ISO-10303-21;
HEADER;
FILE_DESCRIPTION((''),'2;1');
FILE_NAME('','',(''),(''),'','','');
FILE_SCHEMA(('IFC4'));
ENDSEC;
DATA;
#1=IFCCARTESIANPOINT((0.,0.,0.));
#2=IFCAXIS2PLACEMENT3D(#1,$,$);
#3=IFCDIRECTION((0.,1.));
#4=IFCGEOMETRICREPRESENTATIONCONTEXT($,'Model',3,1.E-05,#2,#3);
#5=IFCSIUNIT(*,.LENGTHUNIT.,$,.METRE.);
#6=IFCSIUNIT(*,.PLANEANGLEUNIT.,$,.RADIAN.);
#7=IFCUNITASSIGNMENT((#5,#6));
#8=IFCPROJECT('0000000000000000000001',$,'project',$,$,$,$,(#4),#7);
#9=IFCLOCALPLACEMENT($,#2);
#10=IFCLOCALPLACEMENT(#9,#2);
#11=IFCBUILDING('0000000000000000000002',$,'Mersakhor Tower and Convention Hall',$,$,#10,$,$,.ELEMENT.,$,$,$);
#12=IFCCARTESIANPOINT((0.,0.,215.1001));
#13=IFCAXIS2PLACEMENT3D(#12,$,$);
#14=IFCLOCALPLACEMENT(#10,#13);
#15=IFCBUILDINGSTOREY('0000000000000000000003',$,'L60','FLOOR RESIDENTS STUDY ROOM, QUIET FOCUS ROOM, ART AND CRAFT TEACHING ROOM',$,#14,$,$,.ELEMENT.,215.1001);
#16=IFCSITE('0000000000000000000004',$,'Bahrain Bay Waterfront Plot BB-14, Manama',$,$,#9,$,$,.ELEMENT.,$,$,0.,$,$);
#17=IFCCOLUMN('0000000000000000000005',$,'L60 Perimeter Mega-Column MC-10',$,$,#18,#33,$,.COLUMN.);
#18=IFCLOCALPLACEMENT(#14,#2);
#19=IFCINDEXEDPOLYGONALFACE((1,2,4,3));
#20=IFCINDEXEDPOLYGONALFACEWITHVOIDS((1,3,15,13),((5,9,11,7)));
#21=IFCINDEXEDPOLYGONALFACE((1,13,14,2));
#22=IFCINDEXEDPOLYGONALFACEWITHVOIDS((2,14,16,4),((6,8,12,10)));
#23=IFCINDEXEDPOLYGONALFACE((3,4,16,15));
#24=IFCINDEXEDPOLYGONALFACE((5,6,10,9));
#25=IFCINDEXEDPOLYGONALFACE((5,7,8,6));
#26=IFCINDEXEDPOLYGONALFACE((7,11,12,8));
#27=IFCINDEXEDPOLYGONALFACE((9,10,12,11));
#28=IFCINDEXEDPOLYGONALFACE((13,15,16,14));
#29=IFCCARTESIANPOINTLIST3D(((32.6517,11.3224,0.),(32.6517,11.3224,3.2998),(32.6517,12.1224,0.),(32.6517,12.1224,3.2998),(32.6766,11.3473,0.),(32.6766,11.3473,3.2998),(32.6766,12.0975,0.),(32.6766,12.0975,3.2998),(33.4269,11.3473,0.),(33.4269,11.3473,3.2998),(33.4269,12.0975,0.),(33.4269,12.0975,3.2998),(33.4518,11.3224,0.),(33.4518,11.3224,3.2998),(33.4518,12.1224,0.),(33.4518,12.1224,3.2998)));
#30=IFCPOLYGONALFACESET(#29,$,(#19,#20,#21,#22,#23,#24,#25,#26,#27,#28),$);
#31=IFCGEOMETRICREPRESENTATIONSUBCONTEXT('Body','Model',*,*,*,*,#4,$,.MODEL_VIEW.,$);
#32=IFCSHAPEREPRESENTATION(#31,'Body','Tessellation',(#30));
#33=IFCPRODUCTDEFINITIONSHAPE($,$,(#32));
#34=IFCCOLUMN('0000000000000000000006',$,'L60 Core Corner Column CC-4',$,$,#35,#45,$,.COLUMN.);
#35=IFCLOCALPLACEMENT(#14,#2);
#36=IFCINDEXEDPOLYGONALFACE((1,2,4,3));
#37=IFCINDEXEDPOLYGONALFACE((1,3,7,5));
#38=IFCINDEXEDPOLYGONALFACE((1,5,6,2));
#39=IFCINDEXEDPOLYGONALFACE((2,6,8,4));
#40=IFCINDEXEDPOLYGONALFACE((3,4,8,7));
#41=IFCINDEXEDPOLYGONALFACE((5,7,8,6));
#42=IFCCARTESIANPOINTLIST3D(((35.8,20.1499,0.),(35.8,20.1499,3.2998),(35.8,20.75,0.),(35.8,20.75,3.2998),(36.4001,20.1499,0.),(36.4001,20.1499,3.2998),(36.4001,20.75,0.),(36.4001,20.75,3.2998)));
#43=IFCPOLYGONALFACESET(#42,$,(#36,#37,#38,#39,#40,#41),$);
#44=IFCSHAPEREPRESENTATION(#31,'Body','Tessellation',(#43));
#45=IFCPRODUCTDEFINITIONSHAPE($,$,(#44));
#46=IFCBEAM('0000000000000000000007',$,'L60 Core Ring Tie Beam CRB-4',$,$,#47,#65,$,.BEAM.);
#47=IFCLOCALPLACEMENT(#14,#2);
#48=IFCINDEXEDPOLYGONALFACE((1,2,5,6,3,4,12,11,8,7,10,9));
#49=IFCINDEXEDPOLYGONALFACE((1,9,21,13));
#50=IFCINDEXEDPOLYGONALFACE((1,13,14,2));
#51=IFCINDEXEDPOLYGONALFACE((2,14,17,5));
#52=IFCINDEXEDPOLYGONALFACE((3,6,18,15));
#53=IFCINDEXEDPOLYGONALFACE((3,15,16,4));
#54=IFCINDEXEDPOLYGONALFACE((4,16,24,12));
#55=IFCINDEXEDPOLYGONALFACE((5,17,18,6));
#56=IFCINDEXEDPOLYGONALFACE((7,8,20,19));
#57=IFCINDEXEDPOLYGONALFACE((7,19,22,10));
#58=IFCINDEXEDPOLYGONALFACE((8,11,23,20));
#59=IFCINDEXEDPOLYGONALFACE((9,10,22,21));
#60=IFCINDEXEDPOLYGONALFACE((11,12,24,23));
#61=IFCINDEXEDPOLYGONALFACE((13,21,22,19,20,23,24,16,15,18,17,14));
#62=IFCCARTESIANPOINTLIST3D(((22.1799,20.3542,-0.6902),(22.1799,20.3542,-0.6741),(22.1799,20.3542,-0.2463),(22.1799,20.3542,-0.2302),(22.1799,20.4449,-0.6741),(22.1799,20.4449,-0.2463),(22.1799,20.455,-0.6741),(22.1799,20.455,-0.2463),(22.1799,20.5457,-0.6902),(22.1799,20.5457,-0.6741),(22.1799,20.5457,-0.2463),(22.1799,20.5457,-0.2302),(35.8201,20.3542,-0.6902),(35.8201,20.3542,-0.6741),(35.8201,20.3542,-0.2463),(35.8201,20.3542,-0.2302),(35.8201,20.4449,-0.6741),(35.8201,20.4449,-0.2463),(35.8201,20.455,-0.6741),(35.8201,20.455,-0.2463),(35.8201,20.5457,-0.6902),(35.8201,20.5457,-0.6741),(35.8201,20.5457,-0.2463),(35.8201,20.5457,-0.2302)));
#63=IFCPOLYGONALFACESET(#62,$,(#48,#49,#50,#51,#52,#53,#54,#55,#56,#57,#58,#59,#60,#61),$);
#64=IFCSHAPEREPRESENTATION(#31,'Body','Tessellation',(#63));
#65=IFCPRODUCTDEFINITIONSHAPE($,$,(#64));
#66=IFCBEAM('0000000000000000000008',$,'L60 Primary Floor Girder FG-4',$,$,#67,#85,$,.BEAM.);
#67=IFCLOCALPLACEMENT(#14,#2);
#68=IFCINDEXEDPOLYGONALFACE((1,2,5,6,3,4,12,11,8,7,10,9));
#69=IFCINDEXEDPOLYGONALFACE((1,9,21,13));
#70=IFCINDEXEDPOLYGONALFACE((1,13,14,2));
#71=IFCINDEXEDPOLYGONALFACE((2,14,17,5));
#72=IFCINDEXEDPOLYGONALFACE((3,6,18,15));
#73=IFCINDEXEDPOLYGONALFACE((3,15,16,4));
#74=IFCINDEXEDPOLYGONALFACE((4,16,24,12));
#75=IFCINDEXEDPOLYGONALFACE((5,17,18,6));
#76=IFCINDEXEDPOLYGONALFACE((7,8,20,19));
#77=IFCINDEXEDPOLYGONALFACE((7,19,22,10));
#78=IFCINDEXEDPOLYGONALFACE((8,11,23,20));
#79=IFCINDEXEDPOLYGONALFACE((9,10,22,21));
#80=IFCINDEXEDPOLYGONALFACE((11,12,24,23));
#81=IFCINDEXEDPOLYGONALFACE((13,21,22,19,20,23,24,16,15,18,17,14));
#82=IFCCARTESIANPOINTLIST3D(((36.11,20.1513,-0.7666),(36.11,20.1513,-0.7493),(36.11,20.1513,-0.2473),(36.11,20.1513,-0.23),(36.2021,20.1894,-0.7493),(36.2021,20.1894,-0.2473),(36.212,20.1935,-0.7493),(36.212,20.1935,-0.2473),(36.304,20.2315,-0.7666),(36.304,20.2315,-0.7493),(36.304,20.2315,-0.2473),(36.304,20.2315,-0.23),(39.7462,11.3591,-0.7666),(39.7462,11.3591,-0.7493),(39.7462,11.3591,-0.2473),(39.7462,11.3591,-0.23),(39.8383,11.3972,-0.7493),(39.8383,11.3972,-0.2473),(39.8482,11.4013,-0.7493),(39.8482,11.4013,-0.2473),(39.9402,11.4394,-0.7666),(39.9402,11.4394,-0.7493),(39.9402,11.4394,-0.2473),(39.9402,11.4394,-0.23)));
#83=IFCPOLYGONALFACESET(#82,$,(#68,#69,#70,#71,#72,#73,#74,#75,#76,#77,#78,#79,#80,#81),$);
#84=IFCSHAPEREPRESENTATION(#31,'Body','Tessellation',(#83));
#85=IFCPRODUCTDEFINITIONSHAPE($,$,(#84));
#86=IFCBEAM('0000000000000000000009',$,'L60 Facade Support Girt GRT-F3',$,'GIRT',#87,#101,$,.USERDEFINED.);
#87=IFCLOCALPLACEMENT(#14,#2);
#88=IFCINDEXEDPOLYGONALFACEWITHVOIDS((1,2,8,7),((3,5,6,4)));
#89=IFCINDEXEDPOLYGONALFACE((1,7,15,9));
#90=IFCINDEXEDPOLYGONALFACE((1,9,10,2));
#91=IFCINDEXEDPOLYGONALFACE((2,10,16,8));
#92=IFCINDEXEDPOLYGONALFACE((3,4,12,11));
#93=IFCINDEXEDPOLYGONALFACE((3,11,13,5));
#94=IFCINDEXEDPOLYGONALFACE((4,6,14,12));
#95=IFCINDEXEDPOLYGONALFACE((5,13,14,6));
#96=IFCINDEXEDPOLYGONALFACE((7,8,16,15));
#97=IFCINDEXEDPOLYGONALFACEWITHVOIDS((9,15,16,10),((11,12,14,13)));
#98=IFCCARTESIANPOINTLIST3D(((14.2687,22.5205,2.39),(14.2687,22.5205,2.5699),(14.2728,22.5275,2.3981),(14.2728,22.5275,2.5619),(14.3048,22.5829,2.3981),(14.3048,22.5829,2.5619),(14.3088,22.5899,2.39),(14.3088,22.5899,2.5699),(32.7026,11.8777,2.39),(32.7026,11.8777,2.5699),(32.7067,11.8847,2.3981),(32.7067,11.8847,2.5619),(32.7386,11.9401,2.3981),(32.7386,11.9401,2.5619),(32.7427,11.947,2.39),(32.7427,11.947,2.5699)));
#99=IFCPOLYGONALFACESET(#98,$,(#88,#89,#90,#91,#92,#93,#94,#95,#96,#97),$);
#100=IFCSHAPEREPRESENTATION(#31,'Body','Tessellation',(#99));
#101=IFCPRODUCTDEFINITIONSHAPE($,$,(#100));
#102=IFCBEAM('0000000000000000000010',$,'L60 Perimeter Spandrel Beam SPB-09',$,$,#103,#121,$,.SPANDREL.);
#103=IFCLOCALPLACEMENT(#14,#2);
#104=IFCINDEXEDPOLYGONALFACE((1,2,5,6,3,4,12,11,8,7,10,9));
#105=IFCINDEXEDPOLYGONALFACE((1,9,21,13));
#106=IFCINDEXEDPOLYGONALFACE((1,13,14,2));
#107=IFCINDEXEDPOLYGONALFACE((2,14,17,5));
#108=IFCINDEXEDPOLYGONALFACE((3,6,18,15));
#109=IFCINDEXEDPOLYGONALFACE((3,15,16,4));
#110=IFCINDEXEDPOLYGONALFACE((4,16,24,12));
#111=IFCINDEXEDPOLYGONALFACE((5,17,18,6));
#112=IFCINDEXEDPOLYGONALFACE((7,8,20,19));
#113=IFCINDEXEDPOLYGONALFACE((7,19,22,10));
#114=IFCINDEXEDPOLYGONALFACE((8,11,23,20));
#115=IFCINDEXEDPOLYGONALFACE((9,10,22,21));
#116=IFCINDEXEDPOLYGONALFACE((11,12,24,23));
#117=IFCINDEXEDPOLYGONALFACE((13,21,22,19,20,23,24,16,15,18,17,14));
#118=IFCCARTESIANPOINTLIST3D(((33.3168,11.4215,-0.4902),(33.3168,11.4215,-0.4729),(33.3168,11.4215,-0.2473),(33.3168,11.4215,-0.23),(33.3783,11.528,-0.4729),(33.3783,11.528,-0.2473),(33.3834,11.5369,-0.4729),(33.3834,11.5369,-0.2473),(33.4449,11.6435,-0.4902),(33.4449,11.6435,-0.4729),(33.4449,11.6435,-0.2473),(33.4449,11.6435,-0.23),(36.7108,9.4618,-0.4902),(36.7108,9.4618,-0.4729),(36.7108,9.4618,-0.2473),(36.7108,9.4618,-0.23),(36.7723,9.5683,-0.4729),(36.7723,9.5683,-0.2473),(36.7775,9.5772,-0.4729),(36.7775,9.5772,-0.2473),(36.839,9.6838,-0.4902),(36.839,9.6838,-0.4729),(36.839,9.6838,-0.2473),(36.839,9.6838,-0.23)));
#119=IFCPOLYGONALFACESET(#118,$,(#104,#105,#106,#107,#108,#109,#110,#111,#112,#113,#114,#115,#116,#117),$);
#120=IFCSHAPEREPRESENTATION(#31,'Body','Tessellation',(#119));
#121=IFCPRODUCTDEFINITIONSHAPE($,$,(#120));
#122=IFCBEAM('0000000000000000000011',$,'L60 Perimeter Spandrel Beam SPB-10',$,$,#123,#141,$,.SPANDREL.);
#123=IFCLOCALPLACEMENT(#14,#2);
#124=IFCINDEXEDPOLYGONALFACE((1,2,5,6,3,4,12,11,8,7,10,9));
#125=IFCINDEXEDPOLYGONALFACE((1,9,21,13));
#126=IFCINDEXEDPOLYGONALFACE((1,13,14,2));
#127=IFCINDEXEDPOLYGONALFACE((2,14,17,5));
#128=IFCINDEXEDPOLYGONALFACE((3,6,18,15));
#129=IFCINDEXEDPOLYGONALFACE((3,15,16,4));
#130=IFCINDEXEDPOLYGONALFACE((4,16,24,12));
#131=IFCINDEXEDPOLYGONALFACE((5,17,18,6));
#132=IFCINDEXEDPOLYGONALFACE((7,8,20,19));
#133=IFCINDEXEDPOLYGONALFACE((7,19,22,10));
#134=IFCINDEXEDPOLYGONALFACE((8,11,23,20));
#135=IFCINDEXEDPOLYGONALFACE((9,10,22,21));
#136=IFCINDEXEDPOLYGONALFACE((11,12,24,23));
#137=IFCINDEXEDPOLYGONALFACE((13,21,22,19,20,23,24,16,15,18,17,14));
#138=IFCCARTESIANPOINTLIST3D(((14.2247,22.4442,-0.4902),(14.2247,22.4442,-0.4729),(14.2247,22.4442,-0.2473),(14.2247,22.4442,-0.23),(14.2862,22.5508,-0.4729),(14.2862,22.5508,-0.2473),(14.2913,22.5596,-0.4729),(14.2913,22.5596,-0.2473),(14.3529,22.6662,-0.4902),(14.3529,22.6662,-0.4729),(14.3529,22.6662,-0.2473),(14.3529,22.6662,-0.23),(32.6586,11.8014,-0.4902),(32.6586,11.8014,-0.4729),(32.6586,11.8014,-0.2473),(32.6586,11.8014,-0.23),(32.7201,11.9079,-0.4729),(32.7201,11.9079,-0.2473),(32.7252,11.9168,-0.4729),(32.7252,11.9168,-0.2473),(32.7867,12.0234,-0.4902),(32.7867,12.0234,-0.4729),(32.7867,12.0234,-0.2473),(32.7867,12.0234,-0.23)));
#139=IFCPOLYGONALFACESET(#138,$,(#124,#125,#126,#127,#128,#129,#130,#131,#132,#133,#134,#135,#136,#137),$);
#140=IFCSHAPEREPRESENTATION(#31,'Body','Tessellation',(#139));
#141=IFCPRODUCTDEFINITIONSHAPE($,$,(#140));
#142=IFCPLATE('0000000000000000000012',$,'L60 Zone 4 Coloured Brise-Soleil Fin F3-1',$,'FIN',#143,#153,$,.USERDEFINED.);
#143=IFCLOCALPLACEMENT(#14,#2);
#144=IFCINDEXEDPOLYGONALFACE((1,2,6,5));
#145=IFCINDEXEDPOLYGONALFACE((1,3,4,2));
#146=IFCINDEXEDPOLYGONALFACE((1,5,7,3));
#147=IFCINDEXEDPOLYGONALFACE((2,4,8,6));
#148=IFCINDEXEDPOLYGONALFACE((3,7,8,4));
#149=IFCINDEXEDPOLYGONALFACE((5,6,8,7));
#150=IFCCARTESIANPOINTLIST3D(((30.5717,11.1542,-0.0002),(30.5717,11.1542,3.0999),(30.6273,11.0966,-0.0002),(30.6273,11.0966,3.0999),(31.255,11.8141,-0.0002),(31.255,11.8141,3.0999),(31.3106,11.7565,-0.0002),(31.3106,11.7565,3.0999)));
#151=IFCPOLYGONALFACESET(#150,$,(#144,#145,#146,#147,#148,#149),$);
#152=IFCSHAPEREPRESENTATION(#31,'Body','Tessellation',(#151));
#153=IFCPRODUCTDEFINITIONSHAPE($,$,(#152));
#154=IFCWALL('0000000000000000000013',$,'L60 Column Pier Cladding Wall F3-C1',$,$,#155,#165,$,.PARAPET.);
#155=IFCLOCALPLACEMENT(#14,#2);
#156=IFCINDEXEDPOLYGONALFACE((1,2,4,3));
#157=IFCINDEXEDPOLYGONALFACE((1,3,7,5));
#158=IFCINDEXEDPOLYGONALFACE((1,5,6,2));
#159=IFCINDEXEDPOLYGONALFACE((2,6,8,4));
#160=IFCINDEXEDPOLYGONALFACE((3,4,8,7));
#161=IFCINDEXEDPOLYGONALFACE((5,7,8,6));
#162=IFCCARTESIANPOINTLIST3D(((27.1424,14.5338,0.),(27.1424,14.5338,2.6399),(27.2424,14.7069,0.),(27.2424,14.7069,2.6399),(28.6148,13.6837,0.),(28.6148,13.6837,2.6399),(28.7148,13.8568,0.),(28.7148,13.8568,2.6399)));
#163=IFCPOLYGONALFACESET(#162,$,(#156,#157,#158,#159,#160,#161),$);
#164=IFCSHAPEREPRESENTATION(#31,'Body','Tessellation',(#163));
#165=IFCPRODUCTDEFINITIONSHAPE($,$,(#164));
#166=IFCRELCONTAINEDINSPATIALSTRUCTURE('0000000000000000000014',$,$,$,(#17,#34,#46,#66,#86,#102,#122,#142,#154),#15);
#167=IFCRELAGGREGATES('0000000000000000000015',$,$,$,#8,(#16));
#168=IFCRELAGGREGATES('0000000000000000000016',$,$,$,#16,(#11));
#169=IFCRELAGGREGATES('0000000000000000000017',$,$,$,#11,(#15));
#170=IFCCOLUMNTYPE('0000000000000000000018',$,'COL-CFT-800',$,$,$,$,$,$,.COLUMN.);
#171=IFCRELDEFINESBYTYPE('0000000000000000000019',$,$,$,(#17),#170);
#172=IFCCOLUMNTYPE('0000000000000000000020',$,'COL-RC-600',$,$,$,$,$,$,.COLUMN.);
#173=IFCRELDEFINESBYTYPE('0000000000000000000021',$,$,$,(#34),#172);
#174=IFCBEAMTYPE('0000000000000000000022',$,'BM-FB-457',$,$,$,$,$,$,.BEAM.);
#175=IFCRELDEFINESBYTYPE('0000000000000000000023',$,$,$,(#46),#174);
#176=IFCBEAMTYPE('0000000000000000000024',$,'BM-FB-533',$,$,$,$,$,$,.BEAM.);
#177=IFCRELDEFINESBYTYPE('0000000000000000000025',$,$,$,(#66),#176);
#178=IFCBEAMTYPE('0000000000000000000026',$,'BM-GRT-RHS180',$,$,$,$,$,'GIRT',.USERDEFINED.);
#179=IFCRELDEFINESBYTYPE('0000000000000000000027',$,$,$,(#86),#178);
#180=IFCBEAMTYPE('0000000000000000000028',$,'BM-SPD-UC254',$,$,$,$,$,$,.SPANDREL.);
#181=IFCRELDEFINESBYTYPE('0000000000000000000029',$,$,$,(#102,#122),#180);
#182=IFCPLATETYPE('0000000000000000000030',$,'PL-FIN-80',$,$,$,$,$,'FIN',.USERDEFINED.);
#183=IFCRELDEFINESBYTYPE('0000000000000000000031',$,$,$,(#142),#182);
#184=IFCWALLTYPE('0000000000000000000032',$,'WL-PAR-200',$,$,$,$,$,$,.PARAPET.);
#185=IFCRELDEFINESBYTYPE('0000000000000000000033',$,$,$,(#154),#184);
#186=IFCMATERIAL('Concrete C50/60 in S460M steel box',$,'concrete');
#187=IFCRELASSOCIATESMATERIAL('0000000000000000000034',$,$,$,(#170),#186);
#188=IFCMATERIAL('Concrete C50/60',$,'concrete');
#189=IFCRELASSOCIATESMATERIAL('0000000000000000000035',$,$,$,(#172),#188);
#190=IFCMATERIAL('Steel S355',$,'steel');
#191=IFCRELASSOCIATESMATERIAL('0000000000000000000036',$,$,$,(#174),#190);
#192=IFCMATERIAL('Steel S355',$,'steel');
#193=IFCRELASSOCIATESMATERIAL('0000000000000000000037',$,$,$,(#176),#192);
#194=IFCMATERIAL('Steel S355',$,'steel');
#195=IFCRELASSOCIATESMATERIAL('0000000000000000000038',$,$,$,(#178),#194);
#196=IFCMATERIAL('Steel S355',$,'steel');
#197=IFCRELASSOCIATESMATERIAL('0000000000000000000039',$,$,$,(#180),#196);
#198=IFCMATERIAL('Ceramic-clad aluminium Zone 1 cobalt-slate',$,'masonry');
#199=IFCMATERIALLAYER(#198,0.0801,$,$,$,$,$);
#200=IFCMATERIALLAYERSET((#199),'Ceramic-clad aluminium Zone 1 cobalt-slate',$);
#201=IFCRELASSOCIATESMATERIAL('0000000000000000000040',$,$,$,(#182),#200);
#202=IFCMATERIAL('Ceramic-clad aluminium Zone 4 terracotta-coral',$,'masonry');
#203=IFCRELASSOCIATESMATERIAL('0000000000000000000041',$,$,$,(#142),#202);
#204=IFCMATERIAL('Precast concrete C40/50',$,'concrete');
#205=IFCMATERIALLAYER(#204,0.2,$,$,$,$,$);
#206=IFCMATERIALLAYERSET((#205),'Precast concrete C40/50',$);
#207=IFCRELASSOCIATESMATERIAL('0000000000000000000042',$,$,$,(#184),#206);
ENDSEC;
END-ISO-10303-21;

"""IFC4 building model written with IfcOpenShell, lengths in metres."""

from ifc_helpers import new_model, si_unit, direction, frame, frame_2d, origin, origin_2d, place, context, subcontext, project, spatial, rectangle, hollow_rectangle, i_section, extrude, material, layer, layer_set, material_profile, profile_set, type_object, element, save


model = new_model("IFC4")

# Units and contexts
model_context = context("Model", 3, precision=1e-05, world=origin(), true_north=direction((0.0, 1.0)))
body_context = subcontext(model_context, "Body", "Model", "MODEL_VIEW")
ifc_project = project(units=[si_unit("LENGTHUNIT", "METRE"), si_unit("PLANEANGLEUNIT", "RADIAN")], contexts=[model_context])

# Site, building, storey
site_placement = place(None, origin())
site = spatial("IfcSite", under=ifc_project, at=site_placement, Name="Bahrain Bay Waterfront Plot BB-14, Manama", CompositionType="ELEMENT", RefElevation=0.0)
building_placement = place(site_placement, origin())
building = spatial("IfcBuilding", under=site, at=building_placement, Name="Mersakhor Tower and Convention Hall", CompositionType="ELEMENT")
storey_placement = place(building_placement, frame((0.0, 0.0, 215.1001)))
storey = spatial("IfcBuildingStorey", under=building, at=storey_placement, Name="L60", Description="FLOOR RESIDENTS STUDY ROOM, QUIET FOCUS ROOM, ART AND CRAFT TEACHING ROOM", CompositionType="ELEMENT", Elevation=215.1001)

# Columns
ifc_material_1 = material(Name="Concrete C50/60 in S460M steel box", Category="concrete")
ifc_material_profile_1 = material_profile(ifc_material_1, hollow_rectangle(XDim=0.8, YDim=0.8, WallThickness=0.0249, at=origin_2d()), Name="SHS 800x800x25")
ifc_profile_set_1 = profile_set([ifc_material_profile_1], Name="Concrete C50/60 in S460M steel box")
column_type_1 = type_object("IfcColumnType", Name="COL-CFT-800", PredefinedType="COLUMN", material=ifc_profile_set_1)
column_1_placement = place(storey_placement, frame((33.0518, 11.7224, 0.0), z_axis=(0.0, 0.0, 1.0), x_axis=(1.0, 0.0, 0.0)))
element("IfcColumn", 1, at=column_1_placement, inside=storey, type_object=column_type_1, Name="L60 Perimeter Mega-Column MC-10", PredefinedType="COLUMN", context=body_context, shape_type="SweptSolid", body=[
    extrude(hollow_rectangle(XDim=0.8, YDim=0.8, WallThickness=0.0249, at=origin_2d()), origin(), (0.0, 0.0, 1.0), 3.2998),
])
ifc_material_2 = material(Name="Concrete C50/60", Category="concrete")
ifc_material_profile_2 = material_profile(ifc_material_2, rectangle(XDim=0.6001, YDim=0.6001, at=origin_2d()), Name="RC 600x600")
ifc_profile_set_2 = profile_set([ifc_material_profile_2], Name="Concrete C50/60")
column_type_2 = type_object("IfcColumnType", Name="COL-RC-600", PredefinedType="COLUMN", material=ifc_profile_set_2)
column_2_placement = place(storey_placement, frame((36.1001, 20.45, 0.0), z_axis=(0.0, 0.0, 1.0), x_axis=(1.0, 0.0, 0.0)))
element("IfcColumn", 2, at=column_2_placement, inside=storey, type_object=column_type_2, Name="L60 Core Corner Column CC-4", PredefinedType="COLUMN", context=body_context, shape_type="SweptSolid", body=[
    extrude(rectangle(XDim=0.6001, YDim=0.6001, at=origin_2d()), origin(), (0.0, 0.0, 1.0), 3.2998),
])

# Beams
ifc_material_3 = material(Name="Steel S355", Category="steel")
ifc_material_profile_3 = material_profile(ifc_material_3, i_section(OverallWidth=0.1914, OverallDepth=0.46, WebThickness=0.01, FlangeThickness=0.0161, at=origin_2d()), Name="UB 457x191x82")
ifc_profile_set_3 = profile_set([ifc_material_profile_3], Name="Steel S355")
beam_type_1 = type_object("IfcBeamType", Name="BM-FB-457", PredefinedType="BEAM", material=ifc_profile_set_3)
beam_1_placement = place(storey_placement, frame((35.8201, 20.45, -0.4602), z_axis=(-1.0, 0.0, 0.0), x_axis=(0.0, -1.0, 0.0)))
element("IfcBeam", 3, at=beam_1_placement, inside=storey, type_object=beam_type_1, Name="L60 Core Ring Tie Beam CRB-4", PredefinedType="BEAM", context=body_context, shape_type="SweptSolid", body=[
    extrude(i_section(OverallWidth=0.1914, OverallDepth=0.46, WebThickness=0.01, FlangeThickness=0.0161, at=origin_2d()), origin(), (0.0, 0.0, 1.0), 13.6401),
])
ifc_material_4 = material(Name="Steel S355", Category="steel")
ifc_material_profile_4 = material_profile(ifc_material_4, i_section(OverallWidth=0.21, OverallDepth=0.5366, WebThickness=0.0107, FlangeThickness=0.0173, at=origin_2d()), Name="UB 533x210x101")
ifc_profile_set_4 = profile_set([ifc_material_profile_4], Name="Steel S355")
beam_type_2 = type_object("IfcBeamType", Name="BM-FB-533", PredefinedType="BEAM", material=ifc_profile_set_4)
beam_2_placement = place(storey_placement, frame((36.207, 20.1914, -0.4983), z_axis=(0.382178, -0.924089, 0.0), x_axis=(0.924089, 0.382178, 0.0)))
element("IfcBeam", 4, at=beam_2_placement, inside=storey, type_object=beam_type_2, Name="L60 Primary Floor Girder FG-4", PredefinedType="BEAM", context=body_context, shape_type="SweptSolid", body=[
    extrude(i_section(OverallWidth=0.21, OverallDepth=0.5366, WebThickness=0.0107, FlangeThickness=0.0173, at=origin_2d()), origin(), (0.0, 0.0, 1.0), 9.5144),
])
ifc_material_5 = material(Name="Steel S355", Category="steel")
ifc_material_profile_5 = material_profile(ifc_material_5, hollow_rectangle(XDim=0.0801, YDim=0.1799, WallThickness=0.0081, at=origin_2d()), Name="RHS 180x80x8")
ifc_profile_set_5 = profile_set([ifc_material_profile_5], Name="Steel S355")
beam_type_3 = type_object("IfcBeamType", Name="BM-GRT-RHS180", ElementType="GIRT", PredefinedType="USERDEFINED", material=ifc_profile_set_5)
beam_3_placement = place(storey_placement, frame((32.7227, 11.9124, 2.48), z_axis=(-0.866025, 0.500001, 0.0), x_axis=(-0.500001, -0.866025, 0.0)))
element("IfcBeam", 5, at=beam_3_placement, inside=storey, type_object=beam_type_3, Name="L60 Facade Support Girt GRT-F3", ObjectType="GIRT", PredefinedType="USERDEFINED", context=body_context, shape_type="SweptSolid", body=[
    extrude(hollow_rectangle(XDim=0.0801, YDim=0.1799, WallThickness=0.0081, at=origin_2d()), origin(), (0.0, 0.0, 1.0), 21.2856),
])
ifc_material_6 = material(Name="Steel S355", Category="steel")
ifc_material_profile_6 = material_profile(ifc_material_6, i_section(OverallWidth=0.2563, OverallDepth=0.2603, WebThickness=0.0103, FlangeThickness=0.0173, at=origin_2d()), Name="UC 254x254x89")
ifc_profile_set_6 = profile_set([ifc_material_profile_6], Name="Steel S355")
beam_type_4 = type_object("IfcBeamType", Name="BM-SPD-UC254", PredefinedType="SPANDREL", material=ifc_profile_set_6)
beam_4_placement = place(storey_placement, frame((36.7749, 9.5728, -0.3601), z_axis=(-0.866007, 0.500032, 0.0), x_axis=(-0.500032, -0.866007, 0.0)))
element("IfcBeam", 6, at=beam_4_placement, inside=storey, type_object=beam_type_4, Name="L60 Perimeter Spandrel Beam SPB-09", PredefinedType="SPANDREL", context=body_context, shape_type="SweptSolid", body=[
    extrude(i_section(OverallWidth=0.2563, OverallDepth=0.2603, WebThickness=0.0103, FlangeThickness=0.0173, at=origin_2d()), origin(), (0.0, 0.0, 1.0), 3.9192),
])
beam_5_placement = place(storey_placement, frame((32.7227, 11.9124, -0.3601), z_axis=(-0.866025, 0.500001, 0.0), x_axis=(-0.500001, -0.866025, 0.0)))
element("IfcBeam", 7, at=beam_5_placement, inside=storey, type_object=beam_type_4, Name="L60 Perimeter Spandrel Beam SPB-10", PredefinedType="SPANDREL", context=body_context, shape_type="SweptSolid", body=[
    extrude(i_section(OverallWidth=0.2563, OverallDepth=0.2603, WebThickness=0.0103, FlangeThickness=0.0173, at=origin_2d()), origin(), (0.0, 0.0, 1.0), 21.2856),
])

# Plate
ifc_material_7 = material(Name="Ceramic-clad aluminium Zone 4 terracotta-coral", Category="masonry")
ifc_material_8 = material(Name="Ceramic-clad aluminium Zone 1 cobalt-slate", Category="masonry")
ifc_layer_1 = layer(ifc_material_8, 0.0801)
ifc_layer_set_1 = layer_set([ifc_layer_1], Name="Ceramic-clad aluminium Zone 1 cobalt-slate")
plate_type = type_object("IfcPlateType", Name="PL-FIN-80", ElementType="FIN", PredefinedType="USERDEFINED", material=ifc_layer_set_1)
plate_placement = place(storey_placement, frame((30.9412, 11.4553, -0.0002), z_axis=(0.0, 0.0, 1.0), x_axis=(-0.71934, -0.694658, 0.0)))
element("IfcPlate", 8, at=plate_placement, inside=storey, type_object=plate_type, material=ifc_material_7, Name="L60 Zone 4 Coloured Brise-Soleil Fin F3-1", ObjectType="FIN", PredefinedType="USERDEFINED", context=body_context, shape_type="SweptSolid", body=[
    extrude(rectangle(XDim=0.95, YDim=0.0801, at=origin_2d()), origin(), (0.0, 0.0, 1.0), 3.1001),
])

# Wall
ifc_material_9 = material(Name="Precast concrete C40/50", Category="concrete")
ifc_layer_2 = layer(ifc_material_9, 0.2)
ifc_layer_set_2 = layer_set([ifc_layer_2], Name="Precast concrete C40/50")
wall_type_1 = type_object("IfcWallType", Name="WL-PAR-200", PredefinedType="PARAPET", material=ifc_layer_set_2)
wall_1_placement = place(storey_placement, frame((28.6648, 13.7703, 0.0), z_axis=(0.0, 0.0, 1.0), x_axis=(-0.866025, 0.5, 0.0)))
element("IfcWall", 9, at=wall_1_placement, inside=storey, type_object=wall_type_1, Name="L60 Column Pier Cladding Wall F3-C1", PredefinedType="PARAPET", context=body_context, shape_type="SweptSolid", body=[
    extrude(rectangle(XDim=1.7002, YDim=0.2, at=frame_2d((0.8501, 0.0))), origin(), (0.0, 0.0, 1.0), 2.6399),
])

save(model, "model.ifc")
